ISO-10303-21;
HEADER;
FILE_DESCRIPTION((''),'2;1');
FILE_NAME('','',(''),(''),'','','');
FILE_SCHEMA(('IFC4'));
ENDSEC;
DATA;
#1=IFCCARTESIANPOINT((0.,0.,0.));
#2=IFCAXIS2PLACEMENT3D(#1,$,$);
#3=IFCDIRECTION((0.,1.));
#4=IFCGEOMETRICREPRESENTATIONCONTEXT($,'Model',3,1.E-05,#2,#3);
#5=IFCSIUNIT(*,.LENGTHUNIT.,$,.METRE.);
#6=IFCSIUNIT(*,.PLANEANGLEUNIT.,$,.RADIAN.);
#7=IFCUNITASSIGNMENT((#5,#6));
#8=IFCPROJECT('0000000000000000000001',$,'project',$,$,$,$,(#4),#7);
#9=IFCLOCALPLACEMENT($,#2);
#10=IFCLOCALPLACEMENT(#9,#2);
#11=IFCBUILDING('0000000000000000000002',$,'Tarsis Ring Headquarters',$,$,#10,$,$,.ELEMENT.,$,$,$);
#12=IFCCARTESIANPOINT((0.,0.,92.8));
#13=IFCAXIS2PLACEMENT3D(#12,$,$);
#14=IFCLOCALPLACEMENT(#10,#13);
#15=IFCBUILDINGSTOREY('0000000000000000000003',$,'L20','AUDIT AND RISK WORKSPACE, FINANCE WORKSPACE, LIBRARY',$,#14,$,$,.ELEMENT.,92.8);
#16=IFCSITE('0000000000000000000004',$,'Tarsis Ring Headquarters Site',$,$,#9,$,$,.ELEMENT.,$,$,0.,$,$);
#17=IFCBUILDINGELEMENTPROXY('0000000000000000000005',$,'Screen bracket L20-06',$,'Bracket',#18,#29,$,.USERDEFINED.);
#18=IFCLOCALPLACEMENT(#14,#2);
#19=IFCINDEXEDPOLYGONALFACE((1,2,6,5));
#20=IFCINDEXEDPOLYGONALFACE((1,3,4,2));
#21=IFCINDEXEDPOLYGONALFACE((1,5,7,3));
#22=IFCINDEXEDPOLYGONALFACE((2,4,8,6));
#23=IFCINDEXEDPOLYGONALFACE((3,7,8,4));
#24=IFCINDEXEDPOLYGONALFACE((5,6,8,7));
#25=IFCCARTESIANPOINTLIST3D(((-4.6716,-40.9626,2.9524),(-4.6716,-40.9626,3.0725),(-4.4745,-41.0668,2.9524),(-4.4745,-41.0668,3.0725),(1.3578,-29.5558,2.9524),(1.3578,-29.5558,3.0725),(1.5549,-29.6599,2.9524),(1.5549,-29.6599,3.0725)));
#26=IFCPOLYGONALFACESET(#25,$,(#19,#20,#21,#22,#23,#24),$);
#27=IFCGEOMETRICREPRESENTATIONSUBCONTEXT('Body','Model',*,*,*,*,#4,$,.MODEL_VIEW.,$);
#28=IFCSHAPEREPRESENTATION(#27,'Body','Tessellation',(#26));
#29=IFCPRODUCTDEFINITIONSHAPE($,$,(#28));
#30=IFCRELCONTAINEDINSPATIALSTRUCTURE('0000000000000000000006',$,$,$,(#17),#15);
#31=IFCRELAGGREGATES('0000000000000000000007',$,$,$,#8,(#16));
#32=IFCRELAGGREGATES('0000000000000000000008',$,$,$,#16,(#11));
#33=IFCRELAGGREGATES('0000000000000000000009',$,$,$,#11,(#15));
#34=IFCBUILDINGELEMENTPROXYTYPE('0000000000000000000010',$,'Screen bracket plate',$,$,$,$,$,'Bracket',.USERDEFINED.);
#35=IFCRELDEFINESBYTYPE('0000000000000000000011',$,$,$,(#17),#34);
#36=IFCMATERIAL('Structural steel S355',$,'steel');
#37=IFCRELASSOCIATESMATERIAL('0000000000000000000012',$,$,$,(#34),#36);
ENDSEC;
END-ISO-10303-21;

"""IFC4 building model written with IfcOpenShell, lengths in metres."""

from ifc_helpers import new_model, si_unit, direction, frame, origin, origin_2d, place, context, subcontext, project, spatial, rectangle, extrude, material, type_object, element, save


model = new_model("IFC4")

# Units and contexts
model_context = context("Model", 3, precision=1e-05, world=origin(), true_north=direction((0.0, 1.0)))
body_context = subcontext(model_context, "Body", "Model", "MODEL_VIEW")
ifc_project = project(units=[si_unit("LENGTHUNIT", "METRE"), si_unit("PLANEANGLEUNIT", "RADIAN")], contexts=[model_context])

# Site, building, storey
site_placement = place(None, origin())
site = spatial("IfcSite", under=ifc_project, at=site_placement, Name="Tarsis Ring Headquarters Site", CompositionType="ELEMENT", RefElevation=0.0)
building_placement = place(site_placement, origin())
building = spatial("IfcBuilding", under=site, at=building_placement, Name="Tarsis Ring Headquarters", CompositionType="ELEMENT")
storey_placement = place(building_placement, frame((0.0, 0.0, 92.8)))
storey = spatial("IfcBuildingStorey", under=building, at=storey_placement, Name="L20", Description="AUDIT AND RISK WORKSPACE, FINANCE WORKSPACE, LIBRARY", CompositionType="ELEMENT", Elevation=92.8)

# Shared definitions
ifc_material_1 = material(Name="Structural steel S355", Category="steel")

# Building element proxy
building_element_proxy_type = type_object("IfcBuildingElementProxyType", Name="Screen bracket plate", ElementType="Bracket", PredefinedType="USERDEFINED", material=ifc_material_1)
proxy_placement = place(storey_placement, frame((-1.5583, -35.3113, 2.9524), z_axis=(0.0, 0.0, 1.0), x_axis=(0.467313, 0.884092, 0.0)))
element("IfcBuildingElementProxy", 1, at=proxy_placement, inside=storey, type_object=building_element_proxy_type, Name="Screen bracket L20-06", ObjectType="Bracket", PredefinedType="USERDEFINED", context=body_context, shape_type="SweptSolid", body=[
    extrude(rectangle(XDim=12.9023, YDim=0.2229, at=origin_2d()), origin(), (0.0, 0.0, 1.0), 0.1201),
])

save(model, "model.ifc")
